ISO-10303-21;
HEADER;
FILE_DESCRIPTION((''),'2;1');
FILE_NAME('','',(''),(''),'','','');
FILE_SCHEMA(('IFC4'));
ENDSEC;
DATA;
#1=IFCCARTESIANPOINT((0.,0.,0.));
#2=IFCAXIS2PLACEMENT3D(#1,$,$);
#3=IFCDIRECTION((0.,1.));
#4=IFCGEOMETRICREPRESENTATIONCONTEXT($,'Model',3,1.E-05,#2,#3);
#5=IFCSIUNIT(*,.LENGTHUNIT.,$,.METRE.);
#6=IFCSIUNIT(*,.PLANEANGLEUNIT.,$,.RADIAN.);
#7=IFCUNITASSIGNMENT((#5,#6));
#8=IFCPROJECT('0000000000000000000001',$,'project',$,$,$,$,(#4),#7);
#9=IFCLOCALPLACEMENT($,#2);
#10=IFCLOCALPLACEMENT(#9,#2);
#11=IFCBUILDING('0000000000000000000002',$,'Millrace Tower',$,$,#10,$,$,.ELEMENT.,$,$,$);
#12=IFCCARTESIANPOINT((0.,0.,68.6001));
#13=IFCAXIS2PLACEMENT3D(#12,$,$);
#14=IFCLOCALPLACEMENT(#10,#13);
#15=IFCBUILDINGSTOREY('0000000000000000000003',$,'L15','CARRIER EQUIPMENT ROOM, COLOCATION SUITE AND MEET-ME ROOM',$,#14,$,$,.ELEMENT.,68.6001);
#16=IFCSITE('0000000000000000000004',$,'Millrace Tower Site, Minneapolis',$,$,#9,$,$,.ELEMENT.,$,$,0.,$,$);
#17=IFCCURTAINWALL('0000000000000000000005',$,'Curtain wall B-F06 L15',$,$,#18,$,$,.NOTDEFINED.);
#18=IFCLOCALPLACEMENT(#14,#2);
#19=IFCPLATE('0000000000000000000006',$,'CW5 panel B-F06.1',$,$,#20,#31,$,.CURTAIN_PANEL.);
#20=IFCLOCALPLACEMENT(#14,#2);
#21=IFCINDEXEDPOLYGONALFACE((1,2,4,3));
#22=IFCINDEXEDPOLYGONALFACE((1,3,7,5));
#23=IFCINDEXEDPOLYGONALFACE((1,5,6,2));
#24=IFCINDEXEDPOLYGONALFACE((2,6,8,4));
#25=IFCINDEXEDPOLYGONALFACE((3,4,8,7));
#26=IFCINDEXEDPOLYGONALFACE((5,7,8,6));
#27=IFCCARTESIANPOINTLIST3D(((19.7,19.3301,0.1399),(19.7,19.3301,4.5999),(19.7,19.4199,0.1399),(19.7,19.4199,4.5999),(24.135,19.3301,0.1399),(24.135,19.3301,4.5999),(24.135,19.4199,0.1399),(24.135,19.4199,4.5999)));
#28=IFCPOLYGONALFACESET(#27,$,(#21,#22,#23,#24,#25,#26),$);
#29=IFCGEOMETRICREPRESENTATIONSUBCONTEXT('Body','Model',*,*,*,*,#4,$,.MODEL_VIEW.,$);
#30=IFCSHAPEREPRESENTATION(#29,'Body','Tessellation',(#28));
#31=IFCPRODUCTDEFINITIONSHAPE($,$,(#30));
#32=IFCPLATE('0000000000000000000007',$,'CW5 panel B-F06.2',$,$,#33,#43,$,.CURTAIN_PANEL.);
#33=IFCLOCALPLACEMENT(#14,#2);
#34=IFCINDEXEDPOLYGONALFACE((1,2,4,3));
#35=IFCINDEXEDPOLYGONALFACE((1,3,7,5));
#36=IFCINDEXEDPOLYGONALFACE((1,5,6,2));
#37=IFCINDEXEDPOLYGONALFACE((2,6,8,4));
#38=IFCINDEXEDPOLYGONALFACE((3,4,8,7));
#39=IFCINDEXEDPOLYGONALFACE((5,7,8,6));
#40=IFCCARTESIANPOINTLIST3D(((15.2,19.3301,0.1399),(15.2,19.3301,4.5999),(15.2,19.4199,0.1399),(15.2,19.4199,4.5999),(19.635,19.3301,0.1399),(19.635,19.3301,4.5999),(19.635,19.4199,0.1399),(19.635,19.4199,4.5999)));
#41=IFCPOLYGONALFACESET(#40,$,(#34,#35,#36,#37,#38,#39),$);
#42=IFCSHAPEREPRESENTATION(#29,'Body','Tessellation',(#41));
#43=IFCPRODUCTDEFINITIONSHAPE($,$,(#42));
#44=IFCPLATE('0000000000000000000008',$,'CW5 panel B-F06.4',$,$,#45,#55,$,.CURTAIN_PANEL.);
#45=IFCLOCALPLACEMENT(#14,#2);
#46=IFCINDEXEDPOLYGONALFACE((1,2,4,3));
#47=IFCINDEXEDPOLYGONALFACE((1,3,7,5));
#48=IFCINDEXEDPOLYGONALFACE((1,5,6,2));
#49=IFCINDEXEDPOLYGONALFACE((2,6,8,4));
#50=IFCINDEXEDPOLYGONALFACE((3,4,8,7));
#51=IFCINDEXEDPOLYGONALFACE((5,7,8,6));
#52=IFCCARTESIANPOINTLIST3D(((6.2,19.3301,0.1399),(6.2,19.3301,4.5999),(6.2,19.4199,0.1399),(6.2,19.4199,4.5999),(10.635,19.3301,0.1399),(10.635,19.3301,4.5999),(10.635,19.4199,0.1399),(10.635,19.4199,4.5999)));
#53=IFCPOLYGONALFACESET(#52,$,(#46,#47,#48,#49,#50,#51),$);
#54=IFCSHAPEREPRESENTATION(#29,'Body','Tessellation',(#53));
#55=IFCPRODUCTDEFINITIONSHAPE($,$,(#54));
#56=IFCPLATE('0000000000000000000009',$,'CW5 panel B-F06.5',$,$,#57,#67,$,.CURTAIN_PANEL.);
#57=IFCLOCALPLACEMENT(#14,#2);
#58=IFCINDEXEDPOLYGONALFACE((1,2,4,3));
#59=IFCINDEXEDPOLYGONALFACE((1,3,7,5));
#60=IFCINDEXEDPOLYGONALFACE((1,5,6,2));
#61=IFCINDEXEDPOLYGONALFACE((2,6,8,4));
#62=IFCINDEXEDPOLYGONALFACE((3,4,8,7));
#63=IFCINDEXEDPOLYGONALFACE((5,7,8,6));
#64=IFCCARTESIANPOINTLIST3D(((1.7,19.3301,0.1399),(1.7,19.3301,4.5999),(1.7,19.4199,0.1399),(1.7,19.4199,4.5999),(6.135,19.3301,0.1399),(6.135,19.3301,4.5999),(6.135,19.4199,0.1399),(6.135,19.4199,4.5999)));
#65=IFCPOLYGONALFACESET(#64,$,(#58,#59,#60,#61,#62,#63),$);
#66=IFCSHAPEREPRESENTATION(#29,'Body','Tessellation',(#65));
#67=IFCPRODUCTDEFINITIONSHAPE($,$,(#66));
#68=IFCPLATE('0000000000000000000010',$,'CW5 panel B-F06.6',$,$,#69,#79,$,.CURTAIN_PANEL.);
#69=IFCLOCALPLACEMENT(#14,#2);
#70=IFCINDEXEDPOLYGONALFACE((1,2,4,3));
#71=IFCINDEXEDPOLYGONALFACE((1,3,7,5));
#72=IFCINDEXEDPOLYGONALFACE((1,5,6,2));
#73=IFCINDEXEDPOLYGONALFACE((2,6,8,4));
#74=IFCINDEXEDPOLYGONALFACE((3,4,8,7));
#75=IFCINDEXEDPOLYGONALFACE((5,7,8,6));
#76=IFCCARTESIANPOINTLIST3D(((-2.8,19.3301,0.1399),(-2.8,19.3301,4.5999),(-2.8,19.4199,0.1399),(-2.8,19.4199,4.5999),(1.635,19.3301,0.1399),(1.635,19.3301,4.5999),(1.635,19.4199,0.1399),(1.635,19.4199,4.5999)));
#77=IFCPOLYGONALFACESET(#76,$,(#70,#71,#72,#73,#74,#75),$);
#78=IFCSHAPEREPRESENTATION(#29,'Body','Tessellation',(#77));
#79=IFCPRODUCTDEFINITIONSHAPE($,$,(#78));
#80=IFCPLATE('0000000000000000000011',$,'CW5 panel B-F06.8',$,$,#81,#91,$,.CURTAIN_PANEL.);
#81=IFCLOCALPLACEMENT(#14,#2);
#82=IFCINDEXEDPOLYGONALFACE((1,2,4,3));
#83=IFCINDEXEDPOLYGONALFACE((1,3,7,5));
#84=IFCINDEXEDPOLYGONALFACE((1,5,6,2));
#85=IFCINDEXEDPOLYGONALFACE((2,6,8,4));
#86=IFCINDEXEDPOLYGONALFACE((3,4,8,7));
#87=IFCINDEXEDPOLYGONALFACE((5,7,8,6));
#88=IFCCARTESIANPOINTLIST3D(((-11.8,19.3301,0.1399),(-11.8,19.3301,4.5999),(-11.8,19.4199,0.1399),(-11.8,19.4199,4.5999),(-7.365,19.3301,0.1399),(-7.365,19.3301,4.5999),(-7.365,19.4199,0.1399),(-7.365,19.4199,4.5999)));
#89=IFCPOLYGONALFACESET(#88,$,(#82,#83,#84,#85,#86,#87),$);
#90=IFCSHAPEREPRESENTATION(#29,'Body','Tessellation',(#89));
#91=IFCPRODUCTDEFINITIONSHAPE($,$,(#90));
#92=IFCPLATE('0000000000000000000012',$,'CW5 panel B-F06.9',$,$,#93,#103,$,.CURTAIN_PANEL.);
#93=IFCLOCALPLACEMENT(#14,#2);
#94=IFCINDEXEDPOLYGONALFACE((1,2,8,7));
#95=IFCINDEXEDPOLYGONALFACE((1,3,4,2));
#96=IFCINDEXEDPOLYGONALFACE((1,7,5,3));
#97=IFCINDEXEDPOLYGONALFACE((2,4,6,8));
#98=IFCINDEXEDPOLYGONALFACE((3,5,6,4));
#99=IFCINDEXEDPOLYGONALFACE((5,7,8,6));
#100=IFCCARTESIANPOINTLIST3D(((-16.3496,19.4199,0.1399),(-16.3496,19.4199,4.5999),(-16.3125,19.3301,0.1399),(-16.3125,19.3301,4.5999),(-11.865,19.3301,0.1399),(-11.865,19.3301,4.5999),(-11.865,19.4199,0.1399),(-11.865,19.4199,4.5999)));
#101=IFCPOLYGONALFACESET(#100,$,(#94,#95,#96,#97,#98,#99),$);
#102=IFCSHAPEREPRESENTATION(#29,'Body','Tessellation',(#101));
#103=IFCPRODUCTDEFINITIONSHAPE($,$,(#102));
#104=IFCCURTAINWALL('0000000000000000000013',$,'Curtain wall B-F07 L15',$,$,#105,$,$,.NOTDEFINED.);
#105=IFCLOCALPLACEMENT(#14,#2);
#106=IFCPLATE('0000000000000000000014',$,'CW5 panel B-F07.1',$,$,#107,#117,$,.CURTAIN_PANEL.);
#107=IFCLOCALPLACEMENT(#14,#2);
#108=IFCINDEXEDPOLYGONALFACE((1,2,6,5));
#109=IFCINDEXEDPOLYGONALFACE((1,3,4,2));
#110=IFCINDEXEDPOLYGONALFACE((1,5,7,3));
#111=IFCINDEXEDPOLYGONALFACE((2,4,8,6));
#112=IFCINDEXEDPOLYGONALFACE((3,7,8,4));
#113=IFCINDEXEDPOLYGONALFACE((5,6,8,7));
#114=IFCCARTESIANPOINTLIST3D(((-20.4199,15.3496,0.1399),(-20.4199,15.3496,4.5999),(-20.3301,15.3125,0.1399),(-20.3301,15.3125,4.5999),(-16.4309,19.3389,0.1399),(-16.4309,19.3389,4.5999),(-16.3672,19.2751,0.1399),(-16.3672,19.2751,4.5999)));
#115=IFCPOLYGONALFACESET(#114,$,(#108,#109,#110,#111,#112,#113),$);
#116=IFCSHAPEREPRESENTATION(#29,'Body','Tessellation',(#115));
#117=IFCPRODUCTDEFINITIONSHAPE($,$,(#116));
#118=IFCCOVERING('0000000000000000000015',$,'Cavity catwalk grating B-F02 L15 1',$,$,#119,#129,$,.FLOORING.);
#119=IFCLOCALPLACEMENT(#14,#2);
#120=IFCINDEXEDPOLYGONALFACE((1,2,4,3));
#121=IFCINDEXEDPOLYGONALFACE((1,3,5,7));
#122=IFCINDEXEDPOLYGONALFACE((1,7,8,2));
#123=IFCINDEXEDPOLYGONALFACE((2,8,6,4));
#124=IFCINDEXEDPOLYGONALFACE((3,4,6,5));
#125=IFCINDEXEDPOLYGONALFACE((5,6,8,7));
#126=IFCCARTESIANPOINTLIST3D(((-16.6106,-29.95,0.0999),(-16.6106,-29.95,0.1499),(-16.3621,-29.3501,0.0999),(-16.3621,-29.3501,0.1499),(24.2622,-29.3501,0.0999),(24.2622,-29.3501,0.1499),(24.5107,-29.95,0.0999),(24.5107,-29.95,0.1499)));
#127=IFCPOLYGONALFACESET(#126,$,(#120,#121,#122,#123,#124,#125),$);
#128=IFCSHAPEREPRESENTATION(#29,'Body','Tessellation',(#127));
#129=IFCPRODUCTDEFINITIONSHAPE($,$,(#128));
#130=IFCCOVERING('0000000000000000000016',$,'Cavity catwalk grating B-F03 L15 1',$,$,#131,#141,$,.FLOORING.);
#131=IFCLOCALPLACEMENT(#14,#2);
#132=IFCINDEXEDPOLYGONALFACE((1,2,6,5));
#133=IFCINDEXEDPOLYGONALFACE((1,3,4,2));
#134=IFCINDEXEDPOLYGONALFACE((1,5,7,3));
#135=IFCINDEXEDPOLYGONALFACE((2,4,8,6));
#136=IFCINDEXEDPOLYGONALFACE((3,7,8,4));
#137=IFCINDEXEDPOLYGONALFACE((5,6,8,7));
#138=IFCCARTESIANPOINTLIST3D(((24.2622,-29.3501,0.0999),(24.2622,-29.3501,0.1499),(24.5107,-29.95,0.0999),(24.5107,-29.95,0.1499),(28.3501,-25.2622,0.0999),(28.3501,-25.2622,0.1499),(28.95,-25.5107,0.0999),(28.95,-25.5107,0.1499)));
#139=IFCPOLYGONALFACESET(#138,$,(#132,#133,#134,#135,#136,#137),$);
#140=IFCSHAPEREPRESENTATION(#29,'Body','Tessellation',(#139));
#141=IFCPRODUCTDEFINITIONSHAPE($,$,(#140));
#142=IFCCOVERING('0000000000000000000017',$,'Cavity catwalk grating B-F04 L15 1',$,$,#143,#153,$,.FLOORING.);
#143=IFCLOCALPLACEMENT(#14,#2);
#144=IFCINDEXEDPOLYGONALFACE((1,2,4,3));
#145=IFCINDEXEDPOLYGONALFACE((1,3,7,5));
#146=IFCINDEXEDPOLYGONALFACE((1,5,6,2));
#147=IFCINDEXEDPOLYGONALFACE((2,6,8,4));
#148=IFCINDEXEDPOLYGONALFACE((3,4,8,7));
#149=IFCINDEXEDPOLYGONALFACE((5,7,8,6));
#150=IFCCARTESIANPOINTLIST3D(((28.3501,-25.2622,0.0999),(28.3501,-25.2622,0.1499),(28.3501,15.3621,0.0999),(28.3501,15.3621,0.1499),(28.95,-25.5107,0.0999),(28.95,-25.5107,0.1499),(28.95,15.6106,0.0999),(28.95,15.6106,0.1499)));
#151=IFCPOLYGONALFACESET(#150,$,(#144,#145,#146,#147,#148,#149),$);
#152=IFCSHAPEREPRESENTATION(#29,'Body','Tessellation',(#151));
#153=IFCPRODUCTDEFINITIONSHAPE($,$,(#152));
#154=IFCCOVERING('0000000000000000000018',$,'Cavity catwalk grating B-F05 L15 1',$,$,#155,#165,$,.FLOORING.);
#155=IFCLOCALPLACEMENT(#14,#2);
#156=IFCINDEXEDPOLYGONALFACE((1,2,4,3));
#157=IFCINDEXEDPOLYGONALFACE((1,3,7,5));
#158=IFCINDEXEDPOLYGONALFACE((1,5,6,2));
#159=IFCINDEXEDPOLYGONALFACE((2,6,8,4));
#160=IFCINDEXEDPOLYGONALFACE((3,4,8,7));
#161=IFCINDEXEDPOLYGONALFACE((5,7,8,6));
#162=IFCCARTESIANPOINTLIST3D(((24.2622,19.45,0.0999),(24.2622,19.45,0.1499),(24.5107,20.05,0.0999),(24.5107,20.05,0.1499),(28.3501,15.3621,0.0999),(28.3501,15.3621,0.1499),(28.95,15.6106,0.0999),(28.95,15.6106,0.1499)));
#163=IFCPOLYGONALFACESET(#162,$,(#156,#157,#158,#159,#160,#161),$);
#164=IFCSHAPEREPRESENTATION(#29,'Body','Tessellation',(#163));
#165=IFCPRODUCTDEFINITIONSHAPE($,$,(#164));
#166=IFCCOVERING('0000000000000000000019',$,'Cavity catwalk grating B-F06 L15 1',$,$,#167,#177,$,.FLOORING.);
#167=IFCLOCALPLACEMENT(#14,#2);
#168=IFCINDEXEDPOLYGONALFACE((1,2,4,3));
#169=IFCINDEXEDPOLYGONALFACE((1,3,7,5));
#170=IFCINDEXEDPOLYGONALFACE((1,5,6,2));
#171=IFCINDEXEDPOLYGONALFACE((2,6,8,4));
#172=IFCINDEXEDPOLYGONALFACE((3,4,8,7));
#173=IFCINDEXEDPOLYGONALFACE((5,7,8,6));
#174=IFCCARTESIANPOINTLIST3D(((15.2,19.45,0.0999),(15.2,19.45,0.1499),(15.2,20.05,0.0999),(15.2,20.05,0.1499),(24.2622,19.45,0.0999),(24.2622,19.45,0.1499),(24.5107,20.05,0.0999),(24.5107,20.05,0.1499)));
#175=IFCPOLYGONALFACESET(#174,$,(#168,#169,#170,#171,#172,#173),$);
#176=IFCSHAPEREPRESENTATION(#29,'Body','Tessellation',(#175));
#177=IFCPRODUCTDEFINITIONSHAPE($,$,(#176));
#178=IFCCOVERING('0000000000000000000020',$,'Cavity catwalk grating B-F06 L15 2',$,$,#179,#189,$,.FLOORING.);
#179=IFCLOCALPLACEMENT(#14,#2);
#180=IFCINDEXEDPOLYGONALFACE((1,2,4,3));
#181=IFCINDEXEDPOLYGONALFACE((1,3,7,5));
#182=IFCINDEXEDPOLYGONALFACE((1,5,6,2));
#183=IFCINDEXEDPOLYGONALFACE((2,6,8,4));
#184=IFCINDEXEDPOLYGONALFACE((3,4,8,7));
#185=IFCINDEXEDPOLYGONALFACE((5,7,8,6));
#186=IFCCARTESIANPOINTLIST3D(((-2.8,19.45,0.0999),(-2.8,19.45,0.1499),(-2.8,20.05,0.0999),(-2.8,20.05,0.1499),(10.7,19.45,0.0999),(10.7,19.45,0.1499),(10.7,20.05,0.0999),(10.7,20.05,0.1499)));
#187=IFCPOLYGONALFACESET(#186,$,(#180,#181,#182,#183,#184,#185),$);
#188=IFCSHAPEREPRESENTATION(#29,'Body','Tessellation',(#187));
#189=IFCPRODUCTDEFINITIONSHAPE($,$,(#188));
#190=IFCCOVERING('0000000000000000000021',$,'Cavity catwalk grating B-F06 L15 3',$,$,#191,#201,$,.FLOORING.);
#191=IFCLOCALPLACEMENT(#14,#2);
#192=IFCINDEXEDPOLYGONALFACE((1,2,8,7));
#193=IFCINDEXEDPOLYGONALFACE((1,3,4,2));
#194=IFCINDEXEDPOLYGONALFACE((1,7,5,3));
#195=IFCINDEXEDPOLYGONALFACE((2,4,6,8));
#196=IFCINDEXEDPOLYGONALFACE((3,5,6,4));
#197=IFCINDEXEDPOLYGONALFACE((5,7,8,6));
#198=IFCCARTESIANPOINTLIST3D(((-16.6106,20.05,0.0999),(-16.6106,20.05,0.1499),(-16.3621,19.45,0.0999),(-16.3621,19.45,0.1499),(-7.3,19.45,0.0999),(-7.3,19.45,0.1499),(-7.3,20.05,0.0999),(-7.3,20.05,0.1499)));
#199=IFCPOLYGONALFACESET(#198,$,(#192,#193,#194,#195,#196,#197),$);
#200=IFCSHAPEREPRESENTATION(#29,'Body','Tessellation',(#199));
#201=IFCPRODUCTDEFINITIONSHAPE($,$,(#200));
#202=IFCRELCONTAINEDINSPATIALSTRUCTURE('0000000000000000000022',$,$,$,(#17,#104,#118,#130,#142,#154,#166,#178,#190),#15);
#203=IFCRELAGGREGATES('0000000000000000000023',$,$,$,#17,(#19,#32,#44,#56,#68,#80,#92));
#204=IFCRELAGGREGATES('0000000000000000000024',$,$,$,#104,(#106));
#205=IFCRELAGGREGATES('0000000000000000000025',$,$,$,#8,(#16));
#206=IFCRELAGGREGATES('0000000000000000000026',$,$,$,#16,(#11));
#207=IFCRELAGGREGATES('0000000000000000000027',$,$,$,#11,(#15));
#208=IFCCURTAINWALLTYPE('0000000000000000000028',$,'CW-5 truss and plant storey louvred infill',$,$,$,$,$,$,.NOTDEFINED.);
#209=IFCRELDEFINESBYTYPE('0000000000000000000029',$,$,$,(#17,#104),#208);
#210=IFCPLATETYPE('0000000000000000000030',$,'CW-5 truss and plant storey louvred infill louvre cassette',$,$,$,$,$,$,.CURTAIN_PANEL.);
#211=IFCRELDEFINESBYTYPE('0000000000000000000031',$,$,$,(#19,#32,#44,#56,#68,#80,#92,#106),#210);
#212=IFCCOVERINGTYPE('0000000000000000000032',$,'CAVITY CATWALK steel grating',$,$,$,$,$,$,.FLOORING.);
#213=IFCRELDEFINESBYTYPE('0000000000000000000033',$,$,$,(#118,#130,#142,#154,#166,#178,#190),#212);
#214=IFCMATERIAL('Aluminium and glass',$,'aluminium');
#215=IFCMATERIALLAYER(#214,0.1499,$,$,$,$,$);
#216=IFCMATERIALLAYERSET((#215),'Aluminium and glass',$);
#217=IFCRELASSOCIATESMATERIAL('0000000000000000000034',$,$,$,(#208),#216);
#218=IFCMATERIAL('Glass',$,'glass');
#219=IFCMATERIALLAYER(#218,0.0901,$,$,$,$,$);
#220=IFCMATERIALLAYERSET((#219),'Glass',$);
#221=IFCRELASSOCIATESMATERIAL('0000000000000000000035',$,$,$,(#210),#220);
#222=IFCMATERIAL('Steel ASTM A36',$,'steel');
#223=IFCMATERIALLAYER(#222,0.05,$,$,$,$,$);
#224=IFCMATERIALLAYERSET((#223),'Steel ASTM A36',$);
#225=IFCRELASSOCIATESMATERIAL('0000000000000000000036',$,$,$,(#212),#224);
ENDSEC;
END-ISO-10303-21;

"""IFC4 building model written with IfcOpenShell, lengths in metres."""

from ifc_helpers import new_model, si_unit, direction, frame, origin, place, context, subcontext, project, spatial, polyline, outline, extrude, material, layer, layer_set, type_object, element, aggregate, save


model = new_model("IFC4")

# Units and contexts
model_context = context("Model", 3, precision=1e-05, world=origin(), true_north=direction((0.0, 1.0)))
body_context = subcontext(model_context, "Body", "Model", "MODEL_VIEW")
ifc_project = project(units=[si_unit("LENGTHUNIT", "METRE"), si_unit("PLANEANGLEUNIT", "RADIAN")], contexts=[model_context])

# Site, building, storey
site_placement = place(None, origin())
site = spatial("IfcSite", under=ifc_project, at=site_placement, Name="Millrace Tower Site, Minneapolis", CompositionType="ELEMENT", RefElevation=0.0)
building_placement = place(site_placement, origin())
building = spatial("IfcBuilding", under=site, at=building_placement, Name="Millrace Tower", CompositionType="ELEMENT")
storey_placement = place(building_placement, frame((0.0, 0.0, 68.6001)))
storey = spatial("IfcBuildingStorey", under=building, at=storey_placement, Name="L15", Description="CARRIER EQUIPMENT ROOM, COLOCATION SUITE AND MEET-ME ROOM", CompositionType="ELEMENT", Elevation=68.6001)

# Shared definitions
ifc_material_1 = material(Name="Aluminium and glass", Category="aluminium")
ifc_layer_1 = layer(ifc_material_1, 0.1499)
ifc_layer_set_1 = layer_set([ifc_layer_1], Name="Aluminium and glass")
curtain_wall_type = type_object("IfcCurtainWallType", Name="CW-5 truss and plant storey louvred infill", PredefinedType="NOTDEFINED", material=ifc_layer_set_1)
placement_1 = place(storey_placement, origin())
ifc_material_2 = material(Name="Glass", Category="glass")
ifc_layer_2 = layer(ifc_material_2, 0.0901)
ifc_layer_set_2 = layer_set([ifc_layer_2], Name="Glass")
plate_type = type_object("IfcPlateType", Name="CW-5 truss and plant storey louvred infill louvre cassette", PredefinedType="CURTAIN_PANEL", material=ifc_layer_set_2)
placement_2 = place(storey_placement, frame((0.0, 0.0, 0.1399)))

# Curtain wall, plates
curtain_wall_1 = element("IfcCurtainWall", 1, at=placement_1, inside=storey, type_object=curtain_wall_type, Name="Curtain wall B-F06 L15", PredefinedType="NOTDEFINED")
plate_1 = element("IfcPlate", 2, at=placement_2, type_object=plate_type, Name="CW5 panel B-F06.1", PredefinedType="CURTAIN_PANEL", context=body_context, shape_type="SweptSolid", body=[
    extrude(outline(polyline([(24.135, 19.4199), (19.7, 19.4199), (19.7, 19.3301), (24.135, 19.3301), (24.135, 19.4199)])), origin(), (0.0, 0.0, 1.0), 4.46),
])
plate_2 = element("IfcPlate", 3, at=placement_2, type_object=plate_type, Name="CW5 panel B-F06.2", PredefinedType="CURTAIN_PANEL", context=body_context, shape_type="SweptSolid", body=[
    extrude(outline(polyline([(19.635, 19.4199), (15.2, 19.4199), (15.2, 19.3301), (19.635, 19.3301), (19.635, 19.4199)])), origin(), (0.0, 0.0, 1.0), 4.46),
])
plate_3 = element("IfcPlate", 4, at=placement_2, type_object=plate_type, Name="CW5 panel B-F06.4", PredefinedType="CURTAIN_PANEL", context=body_context, shape_type="SweptSolid", body=[
    extrude(outline(polyline([(10.635, 19.4199), (6.2, 19.4199), (6.2, 19.3301), (10.635, 19.3301), (10.635, 19.4199)])), origin(), (0.0, 0.0, 1.0), 4.46),
])
plate_4 = element("IfcPlate", 5, at=placement_2, type_object=plate_type, Name="CW5 panel B-F06.5", PredefinedType="CURTAIN_PANEL", context=body_context, shape_type="SweptSolid", body=[
    extrude(outline(polyline([(6.135, 19.4199), (1.7, 19.4199), (1.7, 19.3301), (6.135, 19.3301), (6.135, 19.4199)])), origin(), (0.0, 0.0, 1.0), 4.46),
])
plate_5 = element("IfcPlate", 6, at=placement_2, type_object=plate_type, Name="CW5 panel B-F06.6", PredefinedType="CURTAIN_PANEL", context=body_context, shape_type="SweptSolid", body=[
    extrude(outline(polyline([(1.635, 19.4199), (-2.8, 19.4199), (-2.8, 19.3301), (1.635, 19.3301), (1.635, 19.4199)])), origin(), (0.0, 0.0, 1.0), 4.46),
])
plate_6 = element("IfcPlate", 7, at=placement_2, type_object=plate_type, Name="CW5 panel B-F06.8", PredefinedType="CURTAIN_PANEL", context=body_context, shape_type="SweptSolid", body=[
    extrude(outline(polyline([(-7.365, 19.4199), (-11.8, 19.4199), (-11.8, 19.3301), (-7.365, 19.3301), (-7.365, 19.4199)])), origin(), (0.0, 0.0, 1.0), 4.46),
])
plate_7 = element("IfcPlate", 8, at=placement_2, type_object=plate_type, Name="CW5 panel B-F06.9", PredefinedType="CURTAIN_PANEL", context=body_context, shape_type="SweptSolid", body=[
    extrude(outline(polyline([(-11.865, 19.4199), (-16.3496, 19.4199), (-16.3125, 19.3301), (-11.865, 19.3301), (-11.865, 19.4199)])), origin(), (0.0, 0.0, 1.0), 4.46),
])
aggregate(curtain_wall_1, [plate_1, plate_2, plate_3, plate_4, plate_5, plate_6, plate_7])

# Curtain wall, plate
curtain_wall_2 = element("IfcCurtainWall", 9, at=placement_1, inside=storey, type_object=curtain_wall_type, Name="Curtain wall B-F07 L15", PredefinedType="NOTDEFINED")
plate_8 = element("IfcPlate", 10, at=placement_2, type_object=plate_type, Name="CW5 panel B-F07.1", PredefinedType="CURTAIN_PANEL", context=body_context, shape_type="SweptSolid", body=[
    extrude(outline(polyline([(-16.4309, 19.3389), (-20.4199, 15.3496), (-20.3301, 15.3125), (-16.3672, 19.2751), (-16.4309, 19.3389)])), origin(), (0.0, 0.0, 1.0), 4.46),
])
aggregate(curtain_wall_2, [plate_8])

# Coverings
ifc_material_3 = material(Name="Steel ASTM A36", Category="steel")
ifc_layer_3 = layer(ifc_material_3, 0.05)
ifc_layer_set_3 = layer_set([ifc_layer_3], Name="Steel ASTM A36")
covering_type = type_object("IfcCoveringType", Name="CAVITY CATWALK steel grating", PredefinedType="FLOORING", material=ifc_layer_set_3)
placement_3 = place(storey_placement, frame((0.0, 0.0, 0.0999)))
element("IfcCovering", 11, at=placement_3, inside=storey, type_object=covering_type, Name="Cavity catwalk grating B-F02 L15 1", PredefinedType="FLOORING", context=body_context, shape_type="SweptSolid", body=[
    extrude(outline(polyline([(-16.6106, -29.95), (24.5107, -29.95), (24.2622, -29.3501), (-16.3621, -29.3501), (-16.6106, -29.95)])), origin(), (0.0, 0.0, 1.0), 0.05),
])
element("IfcCovering", 12, at=placement_3, inside=storey, type_object=covering_type, Name="Cavity catwalk grating B-F03 L15 1", PredefinedType="FLOORING", context=body_context, shape_type="SweptSolid", body=[
    extrude(outline(polyline([(24.5107, -29.95), (28.95, -25.5107), (28.3501, -25.2622), (24.2622, -29.3501), (24.5107, -29.95)])), origin(), (0.0, 0.0, 1.0), 0.05),
])
element("IfcCovering", 13, at=placement_3, inside=storey, type_object=covering_type, Name="Cavity catwalk grating B-F04 L15 1", PredefinedType="FLOORING", context=body_context, shape_type="SweptSolid", body=[
    extrude(outline(polyline([(28.95, -25.5107), (28.95, 15.6106), (28.3501, 15.3621), (28.3501, -25.2622), (28.95, -25.5107)])), origin(), (0.0, 0.0, 1.0), 0.05),
])
element("IfcCovering", 14, at=placement_3, inside=storey, type_object=covering_type, Name="Cavity catwalk grating B-F05 L15 1", PredefinedType="FLOORING", context=body_context, shape_type="SweptSolid", body=[
    extrude(outline(polyline([(28.95, 15.6106), (24.5107, 20.05), (24.2622, 19.45), (28.3501, 15.3621), (28.95, 15.6106)])), origin(), (0.0, 0.0, 1.0), 0.05),
])
element("IfcCovering", 15, at=placement_3, inside=storey, type_object=covering_type, Name="Cavity catwalk grating B-F06 L15 1", PredefinedType="FLOORING", context=body_context, shape_type="SweptSolid", body=[
    extrude(outline(polyline([(24.5107, 20.05), (15.2, 20.05), (15.2, 19.45), (24.2622, 19.45), (24.5107, 20.05)])), origin(), (0.0, 0.0, 1.0), 0.05),
])
element("IfcCovering", 16, at=placement_3, inside=storey, type_object=covering_type, Name="Cavity catwalk grating B-F06 L15 2", PredefinedType="FLOORING", context=body_context, shape_type="SweptSolid", body=[
    extrude(outline(polyline([(10.7, 20.05), (-2.8, 20.05), (-2.8, 19.45), (10.7, 19.45), (10.7, 20.05)])), origin(), (0.0, 0.0, 1.0), 0.05),
])
element("IfcCovering", 17, at=placement_3, inside=storey, type_object=covering_type, Name="Cavity catwalk grating B-F06 L15 3", PredefinedType="FLOORING", context=body_context, shape_type="SweptSolid", body=[
    extrude(outline(polyline([(-7.3, 20.05), (-16.6106, 20.05), (-16.3621, 19.45), (-7.3, 19.45), (-7.3, 20.05)])), origin(), (0.0, 0.0, 1.0), 0.05),
])

save(model, "model.ifc")
